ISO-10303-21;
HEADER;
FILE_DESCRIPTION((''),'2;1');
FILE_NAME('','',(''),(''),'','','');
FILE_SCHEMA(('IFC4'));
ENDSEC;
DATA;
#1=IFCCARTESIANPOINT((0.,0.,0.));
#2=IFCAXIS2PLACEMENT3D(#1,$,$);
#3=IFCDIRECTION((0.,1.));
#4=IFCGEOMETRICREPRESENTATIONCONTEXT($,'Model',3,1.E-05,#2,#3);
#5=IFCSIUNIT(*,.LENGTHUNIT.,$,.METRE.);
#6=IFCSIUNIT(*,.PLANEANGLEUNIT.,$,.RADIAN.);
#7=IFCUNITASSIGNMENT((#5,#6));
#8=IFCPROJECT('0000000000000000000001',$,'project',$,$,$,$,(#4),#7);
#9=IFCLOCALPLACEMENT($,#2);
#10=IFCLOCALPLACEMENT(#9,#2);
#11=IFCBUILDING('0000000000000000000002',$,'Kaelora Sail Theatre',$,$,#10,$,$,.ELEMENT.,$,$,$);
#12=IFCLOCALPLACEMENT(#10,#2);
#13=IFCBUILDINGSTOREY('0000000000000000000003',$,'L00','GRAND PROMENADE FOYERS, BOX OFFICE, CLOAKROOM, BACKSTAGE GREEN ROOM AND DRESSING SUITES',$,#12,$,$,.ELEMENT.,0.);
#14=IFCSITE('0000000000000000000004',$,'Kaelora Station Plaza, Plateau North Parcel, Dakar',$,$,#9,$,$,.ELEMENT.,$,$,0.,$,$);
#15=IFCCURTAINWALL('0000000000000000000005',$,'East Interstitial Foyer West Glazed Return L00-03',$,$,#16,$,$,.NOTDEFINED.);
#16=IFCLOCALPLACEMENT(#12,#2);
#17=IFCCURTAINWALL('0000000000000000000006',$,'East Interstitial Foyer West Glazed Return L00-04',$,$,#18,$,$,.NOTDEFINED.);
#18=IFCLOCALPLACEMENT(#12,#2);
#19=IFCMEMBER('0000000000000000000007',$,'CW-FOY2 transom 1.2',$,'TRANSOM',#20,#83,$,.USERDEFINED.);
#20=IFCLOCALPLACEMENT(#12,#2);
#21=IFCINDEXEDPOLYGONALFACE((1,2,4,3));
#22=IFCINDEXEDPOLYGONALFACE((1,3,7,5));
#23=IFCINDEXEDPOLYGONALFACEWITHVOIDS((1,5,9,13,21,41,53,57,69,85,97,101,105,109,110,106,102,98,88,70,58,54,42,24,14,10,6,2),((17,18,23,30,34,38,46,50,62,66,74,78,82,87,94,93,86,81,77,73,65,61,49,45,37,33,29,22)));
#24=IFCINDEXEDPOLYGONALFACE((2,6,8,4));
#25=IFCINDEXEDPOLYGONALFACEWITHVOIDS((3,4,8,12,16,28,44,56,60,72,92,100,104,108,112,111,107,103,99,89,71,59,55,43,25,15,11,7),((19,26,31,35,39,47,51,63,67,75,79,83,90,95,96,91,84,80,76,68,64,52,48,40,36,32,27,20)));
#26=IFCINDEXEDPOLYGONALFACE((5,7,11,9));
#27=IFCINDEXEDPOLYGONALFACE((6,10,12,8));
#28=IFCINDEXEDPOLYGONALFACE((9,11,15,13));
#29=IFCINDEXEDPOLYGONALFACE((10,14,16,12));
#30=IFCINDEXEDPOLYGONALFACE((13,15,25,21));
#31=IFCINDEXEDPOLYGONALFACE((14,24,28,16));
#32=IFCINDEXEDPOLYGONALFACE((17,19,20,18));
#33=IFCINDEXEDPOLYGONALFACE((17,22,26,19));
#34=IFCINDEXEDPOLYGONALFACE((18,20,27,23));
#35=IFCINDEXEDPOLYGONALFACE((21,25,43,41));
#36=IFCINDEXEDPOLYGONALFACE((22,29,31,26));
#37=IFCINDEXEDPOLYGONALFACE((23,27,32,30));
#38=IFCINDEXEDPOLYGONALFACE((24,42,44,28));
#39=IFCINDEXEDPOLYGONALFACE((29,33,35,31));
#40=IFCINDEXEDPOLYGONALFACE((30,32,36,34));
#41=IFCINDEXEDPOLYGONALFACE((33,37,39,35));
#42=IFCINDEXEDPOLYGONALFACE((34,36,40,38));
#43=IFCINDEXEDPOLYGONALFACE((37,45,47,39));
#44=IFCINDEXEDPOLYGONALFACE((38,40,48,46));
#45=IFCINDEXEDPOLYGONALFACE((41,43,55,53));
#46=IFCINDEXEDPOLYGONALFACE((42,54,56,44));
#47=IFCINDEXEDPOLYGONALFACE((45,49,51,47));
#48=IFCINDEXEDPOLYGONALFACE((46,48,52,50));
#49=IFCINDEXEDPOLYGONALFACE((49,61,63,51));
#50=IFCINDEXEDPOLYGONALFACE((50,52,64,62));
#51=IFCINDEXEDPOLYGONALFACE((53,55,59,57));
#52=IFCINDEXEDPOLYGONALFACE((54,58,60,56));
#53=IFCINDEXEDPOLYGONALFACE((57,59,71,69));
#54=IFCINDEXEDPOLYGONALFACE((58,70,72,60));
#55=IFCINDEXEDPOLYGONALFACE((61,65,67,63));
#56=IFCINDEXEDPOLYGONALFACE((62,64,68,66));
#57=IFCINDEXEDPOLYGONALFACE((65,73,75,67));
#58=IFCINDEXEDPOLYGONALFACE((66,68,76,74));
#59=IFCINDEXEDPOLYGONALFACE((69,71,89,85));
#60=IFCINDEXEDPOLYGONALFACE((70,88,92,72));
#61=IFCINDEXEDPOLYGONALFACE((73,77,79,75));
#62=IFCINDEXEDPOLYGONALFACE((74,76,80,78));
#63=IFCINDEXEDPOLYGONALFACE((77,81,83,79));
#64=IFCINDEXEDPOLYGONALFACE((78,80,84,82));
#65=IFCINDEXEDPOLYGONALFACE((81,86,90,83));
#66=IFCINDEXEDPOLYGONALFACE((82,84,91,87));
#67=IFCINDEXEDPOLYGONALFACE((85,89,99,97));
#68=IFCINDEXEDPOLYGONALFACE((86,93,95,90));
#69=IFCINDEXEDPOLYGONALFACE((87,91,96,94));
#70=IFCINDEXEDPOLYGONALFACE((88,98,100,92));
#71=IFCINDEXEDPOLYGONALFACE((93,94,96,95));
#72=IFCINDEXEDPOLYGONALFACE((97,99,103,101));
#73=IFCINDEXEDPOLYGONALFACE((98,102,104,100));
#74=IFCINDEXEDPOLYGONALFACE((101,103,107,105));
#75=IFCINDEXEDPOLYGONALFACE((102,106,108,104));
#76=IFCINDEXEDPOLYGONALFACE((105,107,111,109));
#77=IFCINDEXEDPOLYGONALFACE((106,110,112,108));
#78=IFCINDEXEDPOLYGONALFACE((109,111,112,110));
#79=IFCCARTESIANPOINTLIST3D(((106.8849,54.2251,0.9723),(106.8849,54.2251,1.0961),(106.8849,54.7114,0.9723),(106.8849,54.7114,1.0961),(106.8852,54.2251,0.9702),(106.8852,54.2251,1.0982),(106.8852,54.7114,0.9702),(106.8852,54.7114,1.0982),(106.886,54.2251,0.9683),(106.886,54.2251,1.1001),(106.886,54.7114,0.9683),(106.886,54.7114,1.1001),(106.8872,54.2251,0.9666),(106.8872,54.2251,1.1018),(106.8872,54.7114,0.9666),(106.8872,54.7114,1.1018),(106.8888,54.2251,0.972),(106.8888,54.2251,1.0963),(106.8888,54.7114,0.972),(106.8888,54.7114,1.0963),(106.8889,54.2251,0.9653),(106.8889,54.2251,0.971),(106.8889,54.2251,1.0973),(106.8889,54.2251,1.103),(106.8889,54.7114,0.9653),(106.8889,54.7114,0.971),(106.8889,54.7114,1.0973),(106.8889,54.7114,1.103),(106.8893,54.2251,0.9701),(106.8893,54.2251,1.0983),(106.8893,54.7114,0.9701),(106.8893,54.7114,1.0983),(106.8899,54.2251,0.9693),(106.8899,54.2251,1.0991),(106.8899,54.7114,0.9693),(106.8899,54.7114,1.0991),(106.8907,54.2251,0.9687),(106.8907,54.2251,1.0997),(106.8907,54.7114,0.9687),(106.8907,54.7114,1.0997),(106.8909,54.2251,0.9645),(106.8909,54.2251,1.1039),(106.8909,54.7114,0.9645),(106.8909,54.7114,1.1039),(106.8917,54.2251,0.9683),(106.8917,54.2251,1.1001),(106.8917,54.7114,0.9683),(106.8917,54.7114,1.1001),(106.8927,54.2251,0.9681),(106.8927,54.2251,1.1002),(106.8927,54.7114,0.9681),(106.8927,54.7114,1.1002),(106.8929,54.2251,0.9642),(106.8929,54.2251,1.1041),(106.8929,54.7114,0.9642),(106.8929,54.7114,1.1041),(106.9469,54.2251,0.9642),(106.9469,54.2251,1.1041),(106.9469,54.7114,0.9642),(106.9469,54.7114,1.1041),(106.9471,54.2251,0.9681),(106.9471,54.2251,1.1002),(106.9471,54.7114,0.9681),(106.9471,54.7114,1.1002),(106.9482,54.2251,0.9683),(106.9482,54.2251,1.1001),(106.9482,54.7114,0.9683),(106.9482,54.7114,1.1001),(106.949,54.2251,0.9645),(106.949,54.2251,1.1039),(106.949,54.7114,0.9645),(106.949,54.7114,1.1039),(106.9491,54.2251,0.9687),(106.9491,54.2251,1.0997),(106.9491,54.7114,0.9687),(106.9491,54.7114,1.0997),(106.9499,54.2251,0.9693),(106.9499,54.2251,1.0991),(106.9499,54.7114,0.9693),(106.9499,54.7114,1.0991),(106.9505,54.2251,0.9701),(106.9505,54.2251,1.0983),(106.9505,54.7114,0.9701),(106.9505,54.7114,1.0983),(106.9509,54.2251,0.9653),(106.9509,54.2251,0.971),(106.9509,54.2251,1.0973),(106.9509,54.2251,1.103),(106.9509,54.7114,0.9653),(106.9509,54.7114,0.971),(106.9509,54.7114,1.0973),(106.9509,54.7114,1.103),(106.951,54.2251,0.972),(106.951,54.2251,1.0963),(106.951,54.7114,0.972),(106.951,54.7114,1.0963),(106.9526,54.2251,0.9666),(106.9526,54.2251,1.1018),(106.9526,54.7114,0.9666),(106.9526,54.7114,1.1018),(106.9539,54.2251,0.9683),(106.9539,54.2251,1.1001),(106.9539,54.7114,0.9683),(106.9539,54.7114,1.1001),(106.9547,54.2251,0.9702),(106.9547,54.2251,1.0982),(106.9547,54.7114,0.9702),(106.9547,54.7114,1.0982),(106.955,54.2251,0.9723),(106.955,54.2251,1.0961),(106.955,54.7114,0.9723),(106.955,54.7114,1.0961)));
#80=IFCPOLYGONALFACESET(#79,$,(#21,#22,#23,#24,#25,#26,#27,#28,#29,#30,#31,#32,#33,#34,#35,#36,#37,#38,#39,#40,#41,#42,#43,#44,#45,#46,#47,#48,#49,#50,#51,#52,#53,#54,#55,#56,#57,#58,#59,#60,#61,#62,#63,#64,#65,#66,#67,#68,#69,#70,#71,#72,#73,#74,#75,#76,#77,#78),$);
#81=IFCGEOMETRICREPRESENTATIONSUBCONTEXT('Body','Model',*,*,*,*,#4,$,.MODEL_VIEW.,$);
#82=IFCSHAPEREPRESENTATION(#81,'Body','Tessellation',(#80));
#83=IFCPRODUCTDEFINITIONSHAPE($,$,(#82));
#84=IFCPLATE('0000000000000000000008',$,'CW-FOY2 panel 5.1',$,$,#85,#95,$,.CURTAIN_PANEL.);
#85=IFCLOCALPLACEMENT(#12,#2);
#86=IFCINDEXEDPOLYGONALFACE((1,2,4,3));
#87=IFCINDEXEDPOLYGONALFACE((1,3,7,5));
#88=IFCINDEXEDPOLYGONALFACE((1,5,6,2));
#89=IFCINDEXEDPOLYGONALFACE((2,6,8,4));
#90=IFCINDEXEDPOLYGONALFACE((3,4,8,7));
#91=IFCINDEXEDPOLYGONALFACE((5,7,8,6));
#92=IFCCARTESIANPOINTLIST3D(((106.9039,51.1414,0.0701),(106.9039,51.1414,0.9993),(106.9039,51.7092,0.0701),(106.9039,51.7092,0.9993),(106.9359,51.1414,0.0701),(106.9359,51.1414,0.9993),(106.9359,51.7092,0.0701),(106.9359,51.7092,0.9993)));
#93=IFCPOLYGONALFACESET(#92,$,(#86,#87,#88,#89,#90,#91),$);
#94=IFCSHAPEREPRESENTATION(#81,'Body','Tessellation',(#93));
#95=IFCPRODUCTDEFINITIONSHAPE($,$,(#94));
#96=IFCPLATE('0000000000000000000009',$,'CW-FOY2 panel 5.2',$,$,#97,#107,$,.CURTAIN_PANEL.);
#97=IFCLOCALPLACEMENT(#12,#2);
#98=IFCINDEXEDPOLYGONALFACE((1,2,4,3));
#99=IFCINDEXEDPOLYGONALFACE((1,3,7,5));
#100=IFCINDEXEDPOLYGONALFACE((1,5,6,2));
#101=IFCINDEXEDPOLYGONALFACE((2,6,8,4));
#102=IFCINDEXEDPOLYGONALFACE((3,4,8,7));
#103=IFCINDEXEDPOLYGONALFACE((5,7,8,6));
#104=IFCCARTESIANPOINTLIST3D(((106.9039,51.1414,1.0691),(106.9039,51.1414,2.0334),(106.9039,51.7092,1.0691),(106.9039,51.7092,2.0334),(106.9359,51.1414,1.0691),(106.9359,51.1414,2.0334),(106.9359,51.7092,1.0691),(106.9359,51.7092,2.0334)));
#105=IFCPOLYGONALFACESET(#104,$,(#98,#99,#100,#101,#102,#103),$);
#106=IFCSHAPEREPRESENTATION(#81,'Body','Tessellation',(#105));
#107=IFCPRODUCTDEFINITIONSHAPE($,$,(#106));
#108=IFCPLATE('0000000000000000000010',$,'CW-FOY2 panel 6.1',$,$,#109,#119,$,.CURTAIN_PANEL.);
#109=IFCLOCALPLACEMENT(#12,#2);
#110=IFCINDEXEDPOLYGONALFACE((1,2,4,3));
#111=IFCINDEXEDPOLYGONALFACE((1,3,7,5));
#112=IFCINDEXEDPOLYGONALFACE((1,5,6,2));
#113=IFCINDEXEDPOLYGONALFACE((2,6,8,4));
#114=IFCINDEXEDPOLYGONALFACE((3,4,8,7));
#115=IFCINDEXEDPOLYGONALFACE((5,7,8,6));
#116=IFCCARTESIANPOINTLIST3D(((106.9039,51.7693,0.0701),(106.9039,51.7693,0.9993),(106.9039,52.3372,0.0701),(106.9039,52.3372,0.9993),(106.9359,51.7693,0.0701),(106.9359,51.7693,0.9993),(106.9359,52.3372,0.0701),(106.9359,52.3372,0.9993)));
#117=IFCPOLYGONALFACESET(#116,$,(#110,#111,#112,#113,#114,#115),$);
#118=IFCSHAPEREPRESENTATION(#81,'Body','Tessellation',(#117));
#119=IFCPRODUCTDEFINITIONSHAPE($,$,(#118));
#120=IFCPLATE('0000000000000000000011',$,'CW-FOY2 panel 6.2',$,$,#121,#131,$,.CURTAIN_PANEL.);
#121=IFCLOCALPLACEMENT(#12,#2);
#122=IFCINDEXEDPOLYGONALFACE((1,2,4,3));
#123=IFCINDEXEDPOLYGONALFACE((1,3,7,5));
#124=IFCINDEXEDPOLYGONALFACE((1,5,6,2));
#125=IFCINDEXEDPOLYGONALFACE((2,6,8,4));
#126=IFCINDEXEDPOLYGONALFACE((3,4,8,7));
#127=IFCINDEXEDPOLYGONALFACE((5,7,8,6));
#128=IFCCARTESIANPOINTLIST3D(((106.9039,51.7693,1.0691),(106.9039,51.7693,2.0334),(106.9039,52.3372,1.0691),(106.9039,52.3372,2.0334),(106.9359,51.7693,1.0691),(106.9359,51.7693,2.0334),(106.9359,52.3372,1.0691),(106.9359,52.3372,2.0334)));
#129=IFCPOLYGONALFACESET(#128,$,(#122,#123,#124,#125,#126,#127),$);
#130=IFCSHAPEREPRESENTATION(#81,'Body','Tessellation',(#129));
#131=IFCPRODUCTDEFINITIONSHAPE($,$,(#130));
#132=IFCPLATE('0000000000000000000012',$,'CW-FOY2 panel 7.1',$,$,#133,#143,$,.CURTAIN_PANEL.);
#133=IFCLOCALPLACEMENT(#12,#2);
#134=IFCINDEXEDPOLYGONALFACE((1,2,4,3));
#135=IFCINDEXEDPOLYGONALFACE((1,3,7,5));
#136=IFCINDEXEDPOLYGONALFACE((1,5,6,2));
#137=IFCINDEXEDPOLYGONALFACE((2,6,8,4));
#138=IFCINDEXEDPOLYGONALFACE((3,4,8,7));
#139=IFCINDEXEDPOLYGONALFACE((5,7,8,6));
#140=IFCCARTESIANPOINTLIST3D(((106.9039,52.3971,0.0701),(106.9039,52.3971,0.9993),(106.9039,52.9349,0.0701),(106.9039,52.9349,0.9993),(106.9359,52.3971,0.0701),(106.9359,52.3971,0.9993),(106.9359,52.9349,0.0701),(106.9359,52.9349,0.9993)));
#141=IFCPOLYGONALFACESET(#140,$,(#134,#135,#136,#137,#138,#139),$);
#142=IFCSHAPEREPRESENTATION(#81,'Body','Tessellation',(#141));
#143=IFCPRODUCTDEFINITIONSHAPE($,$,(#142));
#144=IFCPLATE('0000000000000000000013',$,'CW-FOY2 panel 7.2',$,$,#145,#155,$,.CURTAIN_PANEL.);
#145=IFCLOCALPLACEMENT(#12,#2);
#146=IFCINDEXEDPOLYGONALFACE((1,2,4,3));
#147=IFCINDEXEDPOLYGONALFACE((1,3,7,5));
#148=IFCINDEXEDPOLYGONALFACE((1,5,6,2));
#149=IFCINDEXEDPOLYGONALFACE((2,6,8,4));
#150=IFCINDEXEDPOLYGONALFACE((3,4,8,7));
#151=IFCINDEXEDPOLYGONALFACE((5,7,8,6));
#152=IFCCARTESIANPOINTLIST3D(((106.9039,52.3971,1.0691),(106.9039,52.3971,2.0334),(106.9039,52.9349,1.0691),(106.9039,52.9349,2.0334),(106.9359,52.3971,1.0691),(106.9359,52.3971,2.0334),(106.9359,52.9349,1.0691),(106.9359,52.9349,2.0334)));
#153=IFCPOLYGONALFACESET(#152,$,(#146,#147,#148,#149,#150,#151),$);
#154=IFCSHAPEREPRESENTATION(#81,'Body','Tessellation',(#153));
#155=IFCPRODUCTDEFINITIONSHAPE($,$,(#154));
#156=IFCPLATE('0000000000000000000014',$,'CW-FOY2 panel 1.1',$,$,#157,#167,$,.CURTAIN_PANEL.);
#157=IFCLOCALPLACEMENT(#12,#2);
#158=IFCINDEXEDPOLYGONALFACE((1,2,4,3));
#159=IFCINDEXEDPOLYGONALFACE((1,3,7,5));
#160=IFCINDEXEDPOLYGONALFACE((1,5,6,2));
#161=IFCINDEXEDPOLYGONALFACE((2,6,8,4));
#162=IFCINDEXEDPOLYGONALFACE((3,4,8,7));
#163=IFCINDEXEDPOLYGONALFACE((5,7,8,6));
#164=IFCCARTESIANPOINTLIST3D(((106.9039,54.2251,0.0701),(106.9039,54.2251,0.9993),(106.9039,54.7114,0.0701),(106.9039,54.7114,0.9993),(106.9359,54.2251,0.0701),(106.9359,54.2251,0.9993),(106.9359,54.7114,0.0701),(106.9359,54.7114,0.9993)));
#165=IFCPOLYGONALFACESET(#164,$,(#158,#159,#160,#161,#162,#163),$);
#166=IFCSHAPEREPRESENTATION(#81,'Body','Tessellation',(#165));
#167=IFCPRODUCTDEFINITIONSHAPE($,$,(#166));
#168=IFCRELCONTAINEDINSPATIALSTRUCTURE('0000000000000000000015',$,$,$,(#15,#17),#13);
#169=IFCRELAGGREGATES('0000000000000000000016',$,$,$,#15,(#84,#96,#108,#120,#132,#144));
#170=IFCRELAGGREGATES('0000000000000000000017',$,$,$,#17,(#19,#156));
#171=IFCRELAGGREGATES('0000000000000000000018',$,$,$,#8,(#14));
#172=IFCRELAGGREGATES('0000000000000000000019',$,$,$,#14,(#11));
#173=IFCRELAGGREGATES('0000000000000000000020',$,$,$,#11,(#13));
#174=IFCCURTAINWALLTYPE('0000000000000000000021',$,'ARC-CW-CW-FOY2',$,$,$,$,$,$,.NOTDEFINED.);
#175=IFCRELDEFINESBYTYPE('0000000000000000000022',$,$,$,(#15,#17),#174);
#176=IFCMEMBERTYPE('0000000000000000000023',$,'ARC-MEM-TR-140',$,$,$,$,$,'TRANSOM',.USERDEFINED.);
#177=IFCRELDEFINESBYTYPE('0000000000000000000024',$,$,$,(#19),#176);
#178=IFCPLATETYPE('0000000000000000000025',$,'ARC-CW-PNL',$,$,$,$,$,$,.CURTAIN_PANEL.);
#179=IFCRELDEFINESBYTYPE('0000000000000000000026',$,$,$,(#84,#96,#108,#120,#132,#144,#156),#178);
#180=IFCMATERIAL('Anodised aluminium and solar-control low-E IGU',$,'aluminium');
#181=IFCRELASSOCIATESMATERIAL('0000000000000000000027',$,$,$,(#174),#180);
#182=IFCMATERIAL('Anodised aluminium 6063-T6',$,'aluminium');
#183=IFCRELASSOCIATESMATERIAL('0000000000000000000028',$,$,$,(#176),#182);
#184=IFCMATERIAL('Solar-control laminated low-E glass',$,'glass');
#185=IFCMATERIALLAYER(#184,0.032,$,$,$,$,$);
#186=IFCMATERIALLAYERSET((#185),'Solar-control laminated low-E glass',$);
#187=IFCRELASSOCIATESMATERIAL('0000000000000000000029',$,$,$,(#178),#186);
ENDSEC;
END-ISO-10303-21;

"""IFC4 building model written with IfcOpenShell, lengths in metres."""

from ifc_helpers import new_model, si_unit, direction, frame, origin, origin_2d, place, context, subcontext, project, spatial, rectangle, hollow_rectangle, extrude, material, layer, layer_set, material_profile, profile_set, type_object, element, aggregate, save


model = new_model("IFC4")

# Units and contexts
model_context = context("Model", 3, precision=1e-05, world=origin(), true_north=direction((0.0, 1.0)))
body_context = subcontext(model_context, "Body", "Model", "MODEL_VIEW")
ifc_project = project(units=[si_unit("LENGTHUNIT", "METRE"), si_unit("PLANEANGLEUNIT", "RADIAN")], contexts=[model_context])

# Site, building, storey
site_placement = place(None, origin())
site = spatial("IfcSite", under=ifc_project, at=site_placement, Name="Kaelora Station Plaza, Plateau North Parcel, Dakar", CompositionType="ELEMENT", RefElevation=0.0)
building_placement = place(site_placement, origin())
building = spatial("IfcBuilding", under=site, at=building_placement, Name="Kaelora Sail Theatre", CompositionType="ELEMENT")
storey_placement = place(building_placement, origin())
storey = spatial("IfcBuildingStorey", under=building, at=storey_placement, Name="L00", Description="GRAND PROMENADE FOYERS, BOX OFFICE, CLOAKROOM, BACKSTAGE GREEN ROOM AND DRESSING SUITES", CompositionType="ELEMENT", Elevation=0.0)

# Curtain wall
ifc_material_1 = material(Name="Anodised aluminium and solar-control low-E IGU", Category="aluminium")
curtain_wall_type = type_object("IfcCurtainWallType", Name="ARC-CW-CW-FOY2", PredefinedType="NOTDEFINED", material=ifc_material_1)
curtain_wall_1_placement = place(storey_placement, origin())
curtain_wall_1 = element("IfcCurtainWall", 1, at=curtain_wall_1_placement, inside=storey, type_object=curtain_wall_type, Name="East Interstitial Foyer West Glazed Return L00-03", PredefinedType="NOTDEFINED")

# Curtain wall
curtain_wall_2_placement = place(storey_placement, origin())
curtain_wall_2 = element("IfcCurtainWall", 2, at=curtain_wall_2_placement, inside=storey, type_object=curtain_wall_type, Name="East Interstitial Foyer West Glazed Return L00-04", PredefinedType="NOTDEFINED")

# Member
ifc_material_2 = material(Name="Anodised aluminium 6063-T6", Category="aluminium")
ifc_material_profile_1 = material_profile(ifc_material_2, hollow_rectangle(XDim=0.0701, YDim=0.1399, WallThickness=0.0039, InnerFilletRadius=0.0039, OuterFilletRadius=0.0081, at=origin_2d()), Name="ALU-TRAN 70x140x4")
ifc_profile_set_1 = profile_set([ifc_material_profile_1], Name="Anodised aluminium 6063-T6")
member_type_1 = type_object("IfcMemberType", Name="ARC-MEM-TR-140", ElementType="TRANSOM", PredefinedType="USERDEFINED", material=ifc_profile_set_1)
member_1_placement = place(storey_placement, frame((106.9199, 54.2251, 1.0342), z_axis=(0.0, 1.0, 0.0), x_axis=(-1.0, 0.0, 0.0)))
member_1 = element("IfcMember", 3, at=member_1_placement, type_object=member_type_1, Name="CW-FOY2 transom 1.2", ObjectType="TRANSOM", PredefinedType="USERDEFINED", context=body_context, shape_type="SweptSolid", body=[
    extrude(hollow_rectangle(XDim=0.0701, YDim=0.1399, WallThickness=0.0039, InnerFilletRadius=0.0039, OuterFilletRadius=0.0081, at=origin_2d()), origin(), (0.0, 0.0, 1.0), 0.4863),
])

# Plates
ifc_material_3 = material(Name="Solar-control laminated low-E glass", Category="glass")
ifc_layer = layer(ifc_material_3, 0.032)
ifc_layer_set = layer_set([ifc_layer], Name="Solar-control laminated low-E glass")
plate_type = type_object("IfcPlateType", Name="ARC-CW-PNL", PredefinedType="CURTAIN_PANEL", material=ifc_layer_set)
plate_1_placement = place(storey_placement, frame((106.9199, 51.4253, 0.0701), z_axis=(0.0, 0.0, 1.0), x_axis=(0.0, 1.0, 0.0)))
plate_1 = element("IfcPlate", 4, at=plate_1_placement, type_object=plate_type, Name="CW-FOY2 panel 5.1", PredefinedType="CURTAIN_PANEL", context=body_context, shape_type="SweptSolid", body=[
    extrude(rectangle(XDim=0.5679, YDim=0.032, at=origin_2d()), origin(), (0.0, 0.0, 1.0), 0.9292),
])
plate_2_placement = place(storey_placement, frame((106.9199, 51.4253, 1.0691), z_axis=(0.0, 0.0, 1.0), x_axis=(0.0, 1.0, 0.0)))
plate_2 = element("IfcPlate", 5, at=plate_2_placement, type_object=plate_type, Name="CW-FOY2 panel 5.2", PredefinedType="CURTAIN_PANEL", context=body_context, shape_type="SweptSolid", body=[
    extrude(rectangle(XDim=0.5679, YDim=0.032, at=origin_2d()), origin(), (0.0, 0.0, 1.0), 0.9644),
])
plate_3_placement = place(storey_placement, frame((106.9199, 52.0532, 0.0701), z_axis=(0.0, 0.0, 1.0), x_axis=(0.0, 1.0, 0.0)))
plate_3 = element("IfcPlate", 6, at=plate_3_placement, type_object=plate_type, Name="CW-FOY2 panel 6.1", PredefinedType="CURTAIN_PANEL", context=body_context, shape_type="SweptSolid", body=[
    extrude(rectangle(XDim=0.5679, YDim=0.032, at=origin_2d()), origin(), (0.0, 0.0, 1.0), 0.9292),
])
plate_4_placement = place(storey_placement, frame((106.9199, 52.0532, 1.0691), z_axis=(0.0, 0.0, 1.0), x_axis=(0.0, 1.0, 0.0)))
plate_4 = element("IfcPlate", 7, at=plate_4_placement, type_object=plate_type, Name="CW-FOY2 panel 6.2", PredefinedType="CURTAIN_PANEL", context=body_context, shape_type="SweptSolid", body=[
    extrude(rectangle(XDim=0.5679, YDim=0.032, at=origin_2d()), origin(), (0.0, 0.0, 1.0), 0.9644),
])
plate_5_placement = place(storey_placement, frame((106.9199, 52.666, 0.0701), z_axis=(0.0, 0.0, 1.0), x_axis=(0.0, 1.0, 0.0)))
plate_5 = element("IfcPlate", 8, at=plate_5_placement, type_object=plate_type, Name="CW-FOY2 panel 7.1", PredefinedType="CURTAIN_PANEL", context=body_context, shape_type="SweptSolid", body=[
    extrude(rectangle(XDim=0.5378, YDim=0.032, at=origin_2d()), origin(), (0.0, 0.0, 1.0), 0.9292),
])
plate_6_placement = place(storey_placement, frame((106.9199, 52.666, 1.0691), z_axis=(0.0, 0.0, 1.0), x_axis=(0.0, 1.0, 0.0)))
plate_6 = element("IfcPlate", 9, at=plate_6_placement, type_object=plate_type, Name="CW-FOY2 panel 7.2", PredefinedType="CURTAIN_PANEL", context=body_context, shape_type="SweptSolid", body=[
    extrude(rectangle(XDim=0.5378, YDim=0.032, at=origin_2d()), origin(), (0.0, 0.0, 1.0), 0.9644),
])
aggregate(curtain_wall_1, [plate_1, plate_2, plate_3, plate_4, plate_5, plate_6])
plate_7_placement = place(storey_placement, frame((106.9199, 54.4683, 0.0701), z_axis=(0.0, 0.0, 1.0), x_axis=(0.0, 1.0, 0.0)))
plate_7 = element("IfcPlate", 10, at=plate_7_placement, type_object=plate_type, Name="CW-FOY2 panel 1.1", PredefinedType="CURTAIN_PANEL", context=body_context, shape_type="SweptSolid", body=[
    extrude(rectangle(XDim=0.4863, YDim=0.032, at=origin_2d()), origin(), (0.0, 0.0, 1.0), 0.9292),
])
aggregate(curtain_wall_2, [member_1, plate_7])

save(model, "model.ifc")
